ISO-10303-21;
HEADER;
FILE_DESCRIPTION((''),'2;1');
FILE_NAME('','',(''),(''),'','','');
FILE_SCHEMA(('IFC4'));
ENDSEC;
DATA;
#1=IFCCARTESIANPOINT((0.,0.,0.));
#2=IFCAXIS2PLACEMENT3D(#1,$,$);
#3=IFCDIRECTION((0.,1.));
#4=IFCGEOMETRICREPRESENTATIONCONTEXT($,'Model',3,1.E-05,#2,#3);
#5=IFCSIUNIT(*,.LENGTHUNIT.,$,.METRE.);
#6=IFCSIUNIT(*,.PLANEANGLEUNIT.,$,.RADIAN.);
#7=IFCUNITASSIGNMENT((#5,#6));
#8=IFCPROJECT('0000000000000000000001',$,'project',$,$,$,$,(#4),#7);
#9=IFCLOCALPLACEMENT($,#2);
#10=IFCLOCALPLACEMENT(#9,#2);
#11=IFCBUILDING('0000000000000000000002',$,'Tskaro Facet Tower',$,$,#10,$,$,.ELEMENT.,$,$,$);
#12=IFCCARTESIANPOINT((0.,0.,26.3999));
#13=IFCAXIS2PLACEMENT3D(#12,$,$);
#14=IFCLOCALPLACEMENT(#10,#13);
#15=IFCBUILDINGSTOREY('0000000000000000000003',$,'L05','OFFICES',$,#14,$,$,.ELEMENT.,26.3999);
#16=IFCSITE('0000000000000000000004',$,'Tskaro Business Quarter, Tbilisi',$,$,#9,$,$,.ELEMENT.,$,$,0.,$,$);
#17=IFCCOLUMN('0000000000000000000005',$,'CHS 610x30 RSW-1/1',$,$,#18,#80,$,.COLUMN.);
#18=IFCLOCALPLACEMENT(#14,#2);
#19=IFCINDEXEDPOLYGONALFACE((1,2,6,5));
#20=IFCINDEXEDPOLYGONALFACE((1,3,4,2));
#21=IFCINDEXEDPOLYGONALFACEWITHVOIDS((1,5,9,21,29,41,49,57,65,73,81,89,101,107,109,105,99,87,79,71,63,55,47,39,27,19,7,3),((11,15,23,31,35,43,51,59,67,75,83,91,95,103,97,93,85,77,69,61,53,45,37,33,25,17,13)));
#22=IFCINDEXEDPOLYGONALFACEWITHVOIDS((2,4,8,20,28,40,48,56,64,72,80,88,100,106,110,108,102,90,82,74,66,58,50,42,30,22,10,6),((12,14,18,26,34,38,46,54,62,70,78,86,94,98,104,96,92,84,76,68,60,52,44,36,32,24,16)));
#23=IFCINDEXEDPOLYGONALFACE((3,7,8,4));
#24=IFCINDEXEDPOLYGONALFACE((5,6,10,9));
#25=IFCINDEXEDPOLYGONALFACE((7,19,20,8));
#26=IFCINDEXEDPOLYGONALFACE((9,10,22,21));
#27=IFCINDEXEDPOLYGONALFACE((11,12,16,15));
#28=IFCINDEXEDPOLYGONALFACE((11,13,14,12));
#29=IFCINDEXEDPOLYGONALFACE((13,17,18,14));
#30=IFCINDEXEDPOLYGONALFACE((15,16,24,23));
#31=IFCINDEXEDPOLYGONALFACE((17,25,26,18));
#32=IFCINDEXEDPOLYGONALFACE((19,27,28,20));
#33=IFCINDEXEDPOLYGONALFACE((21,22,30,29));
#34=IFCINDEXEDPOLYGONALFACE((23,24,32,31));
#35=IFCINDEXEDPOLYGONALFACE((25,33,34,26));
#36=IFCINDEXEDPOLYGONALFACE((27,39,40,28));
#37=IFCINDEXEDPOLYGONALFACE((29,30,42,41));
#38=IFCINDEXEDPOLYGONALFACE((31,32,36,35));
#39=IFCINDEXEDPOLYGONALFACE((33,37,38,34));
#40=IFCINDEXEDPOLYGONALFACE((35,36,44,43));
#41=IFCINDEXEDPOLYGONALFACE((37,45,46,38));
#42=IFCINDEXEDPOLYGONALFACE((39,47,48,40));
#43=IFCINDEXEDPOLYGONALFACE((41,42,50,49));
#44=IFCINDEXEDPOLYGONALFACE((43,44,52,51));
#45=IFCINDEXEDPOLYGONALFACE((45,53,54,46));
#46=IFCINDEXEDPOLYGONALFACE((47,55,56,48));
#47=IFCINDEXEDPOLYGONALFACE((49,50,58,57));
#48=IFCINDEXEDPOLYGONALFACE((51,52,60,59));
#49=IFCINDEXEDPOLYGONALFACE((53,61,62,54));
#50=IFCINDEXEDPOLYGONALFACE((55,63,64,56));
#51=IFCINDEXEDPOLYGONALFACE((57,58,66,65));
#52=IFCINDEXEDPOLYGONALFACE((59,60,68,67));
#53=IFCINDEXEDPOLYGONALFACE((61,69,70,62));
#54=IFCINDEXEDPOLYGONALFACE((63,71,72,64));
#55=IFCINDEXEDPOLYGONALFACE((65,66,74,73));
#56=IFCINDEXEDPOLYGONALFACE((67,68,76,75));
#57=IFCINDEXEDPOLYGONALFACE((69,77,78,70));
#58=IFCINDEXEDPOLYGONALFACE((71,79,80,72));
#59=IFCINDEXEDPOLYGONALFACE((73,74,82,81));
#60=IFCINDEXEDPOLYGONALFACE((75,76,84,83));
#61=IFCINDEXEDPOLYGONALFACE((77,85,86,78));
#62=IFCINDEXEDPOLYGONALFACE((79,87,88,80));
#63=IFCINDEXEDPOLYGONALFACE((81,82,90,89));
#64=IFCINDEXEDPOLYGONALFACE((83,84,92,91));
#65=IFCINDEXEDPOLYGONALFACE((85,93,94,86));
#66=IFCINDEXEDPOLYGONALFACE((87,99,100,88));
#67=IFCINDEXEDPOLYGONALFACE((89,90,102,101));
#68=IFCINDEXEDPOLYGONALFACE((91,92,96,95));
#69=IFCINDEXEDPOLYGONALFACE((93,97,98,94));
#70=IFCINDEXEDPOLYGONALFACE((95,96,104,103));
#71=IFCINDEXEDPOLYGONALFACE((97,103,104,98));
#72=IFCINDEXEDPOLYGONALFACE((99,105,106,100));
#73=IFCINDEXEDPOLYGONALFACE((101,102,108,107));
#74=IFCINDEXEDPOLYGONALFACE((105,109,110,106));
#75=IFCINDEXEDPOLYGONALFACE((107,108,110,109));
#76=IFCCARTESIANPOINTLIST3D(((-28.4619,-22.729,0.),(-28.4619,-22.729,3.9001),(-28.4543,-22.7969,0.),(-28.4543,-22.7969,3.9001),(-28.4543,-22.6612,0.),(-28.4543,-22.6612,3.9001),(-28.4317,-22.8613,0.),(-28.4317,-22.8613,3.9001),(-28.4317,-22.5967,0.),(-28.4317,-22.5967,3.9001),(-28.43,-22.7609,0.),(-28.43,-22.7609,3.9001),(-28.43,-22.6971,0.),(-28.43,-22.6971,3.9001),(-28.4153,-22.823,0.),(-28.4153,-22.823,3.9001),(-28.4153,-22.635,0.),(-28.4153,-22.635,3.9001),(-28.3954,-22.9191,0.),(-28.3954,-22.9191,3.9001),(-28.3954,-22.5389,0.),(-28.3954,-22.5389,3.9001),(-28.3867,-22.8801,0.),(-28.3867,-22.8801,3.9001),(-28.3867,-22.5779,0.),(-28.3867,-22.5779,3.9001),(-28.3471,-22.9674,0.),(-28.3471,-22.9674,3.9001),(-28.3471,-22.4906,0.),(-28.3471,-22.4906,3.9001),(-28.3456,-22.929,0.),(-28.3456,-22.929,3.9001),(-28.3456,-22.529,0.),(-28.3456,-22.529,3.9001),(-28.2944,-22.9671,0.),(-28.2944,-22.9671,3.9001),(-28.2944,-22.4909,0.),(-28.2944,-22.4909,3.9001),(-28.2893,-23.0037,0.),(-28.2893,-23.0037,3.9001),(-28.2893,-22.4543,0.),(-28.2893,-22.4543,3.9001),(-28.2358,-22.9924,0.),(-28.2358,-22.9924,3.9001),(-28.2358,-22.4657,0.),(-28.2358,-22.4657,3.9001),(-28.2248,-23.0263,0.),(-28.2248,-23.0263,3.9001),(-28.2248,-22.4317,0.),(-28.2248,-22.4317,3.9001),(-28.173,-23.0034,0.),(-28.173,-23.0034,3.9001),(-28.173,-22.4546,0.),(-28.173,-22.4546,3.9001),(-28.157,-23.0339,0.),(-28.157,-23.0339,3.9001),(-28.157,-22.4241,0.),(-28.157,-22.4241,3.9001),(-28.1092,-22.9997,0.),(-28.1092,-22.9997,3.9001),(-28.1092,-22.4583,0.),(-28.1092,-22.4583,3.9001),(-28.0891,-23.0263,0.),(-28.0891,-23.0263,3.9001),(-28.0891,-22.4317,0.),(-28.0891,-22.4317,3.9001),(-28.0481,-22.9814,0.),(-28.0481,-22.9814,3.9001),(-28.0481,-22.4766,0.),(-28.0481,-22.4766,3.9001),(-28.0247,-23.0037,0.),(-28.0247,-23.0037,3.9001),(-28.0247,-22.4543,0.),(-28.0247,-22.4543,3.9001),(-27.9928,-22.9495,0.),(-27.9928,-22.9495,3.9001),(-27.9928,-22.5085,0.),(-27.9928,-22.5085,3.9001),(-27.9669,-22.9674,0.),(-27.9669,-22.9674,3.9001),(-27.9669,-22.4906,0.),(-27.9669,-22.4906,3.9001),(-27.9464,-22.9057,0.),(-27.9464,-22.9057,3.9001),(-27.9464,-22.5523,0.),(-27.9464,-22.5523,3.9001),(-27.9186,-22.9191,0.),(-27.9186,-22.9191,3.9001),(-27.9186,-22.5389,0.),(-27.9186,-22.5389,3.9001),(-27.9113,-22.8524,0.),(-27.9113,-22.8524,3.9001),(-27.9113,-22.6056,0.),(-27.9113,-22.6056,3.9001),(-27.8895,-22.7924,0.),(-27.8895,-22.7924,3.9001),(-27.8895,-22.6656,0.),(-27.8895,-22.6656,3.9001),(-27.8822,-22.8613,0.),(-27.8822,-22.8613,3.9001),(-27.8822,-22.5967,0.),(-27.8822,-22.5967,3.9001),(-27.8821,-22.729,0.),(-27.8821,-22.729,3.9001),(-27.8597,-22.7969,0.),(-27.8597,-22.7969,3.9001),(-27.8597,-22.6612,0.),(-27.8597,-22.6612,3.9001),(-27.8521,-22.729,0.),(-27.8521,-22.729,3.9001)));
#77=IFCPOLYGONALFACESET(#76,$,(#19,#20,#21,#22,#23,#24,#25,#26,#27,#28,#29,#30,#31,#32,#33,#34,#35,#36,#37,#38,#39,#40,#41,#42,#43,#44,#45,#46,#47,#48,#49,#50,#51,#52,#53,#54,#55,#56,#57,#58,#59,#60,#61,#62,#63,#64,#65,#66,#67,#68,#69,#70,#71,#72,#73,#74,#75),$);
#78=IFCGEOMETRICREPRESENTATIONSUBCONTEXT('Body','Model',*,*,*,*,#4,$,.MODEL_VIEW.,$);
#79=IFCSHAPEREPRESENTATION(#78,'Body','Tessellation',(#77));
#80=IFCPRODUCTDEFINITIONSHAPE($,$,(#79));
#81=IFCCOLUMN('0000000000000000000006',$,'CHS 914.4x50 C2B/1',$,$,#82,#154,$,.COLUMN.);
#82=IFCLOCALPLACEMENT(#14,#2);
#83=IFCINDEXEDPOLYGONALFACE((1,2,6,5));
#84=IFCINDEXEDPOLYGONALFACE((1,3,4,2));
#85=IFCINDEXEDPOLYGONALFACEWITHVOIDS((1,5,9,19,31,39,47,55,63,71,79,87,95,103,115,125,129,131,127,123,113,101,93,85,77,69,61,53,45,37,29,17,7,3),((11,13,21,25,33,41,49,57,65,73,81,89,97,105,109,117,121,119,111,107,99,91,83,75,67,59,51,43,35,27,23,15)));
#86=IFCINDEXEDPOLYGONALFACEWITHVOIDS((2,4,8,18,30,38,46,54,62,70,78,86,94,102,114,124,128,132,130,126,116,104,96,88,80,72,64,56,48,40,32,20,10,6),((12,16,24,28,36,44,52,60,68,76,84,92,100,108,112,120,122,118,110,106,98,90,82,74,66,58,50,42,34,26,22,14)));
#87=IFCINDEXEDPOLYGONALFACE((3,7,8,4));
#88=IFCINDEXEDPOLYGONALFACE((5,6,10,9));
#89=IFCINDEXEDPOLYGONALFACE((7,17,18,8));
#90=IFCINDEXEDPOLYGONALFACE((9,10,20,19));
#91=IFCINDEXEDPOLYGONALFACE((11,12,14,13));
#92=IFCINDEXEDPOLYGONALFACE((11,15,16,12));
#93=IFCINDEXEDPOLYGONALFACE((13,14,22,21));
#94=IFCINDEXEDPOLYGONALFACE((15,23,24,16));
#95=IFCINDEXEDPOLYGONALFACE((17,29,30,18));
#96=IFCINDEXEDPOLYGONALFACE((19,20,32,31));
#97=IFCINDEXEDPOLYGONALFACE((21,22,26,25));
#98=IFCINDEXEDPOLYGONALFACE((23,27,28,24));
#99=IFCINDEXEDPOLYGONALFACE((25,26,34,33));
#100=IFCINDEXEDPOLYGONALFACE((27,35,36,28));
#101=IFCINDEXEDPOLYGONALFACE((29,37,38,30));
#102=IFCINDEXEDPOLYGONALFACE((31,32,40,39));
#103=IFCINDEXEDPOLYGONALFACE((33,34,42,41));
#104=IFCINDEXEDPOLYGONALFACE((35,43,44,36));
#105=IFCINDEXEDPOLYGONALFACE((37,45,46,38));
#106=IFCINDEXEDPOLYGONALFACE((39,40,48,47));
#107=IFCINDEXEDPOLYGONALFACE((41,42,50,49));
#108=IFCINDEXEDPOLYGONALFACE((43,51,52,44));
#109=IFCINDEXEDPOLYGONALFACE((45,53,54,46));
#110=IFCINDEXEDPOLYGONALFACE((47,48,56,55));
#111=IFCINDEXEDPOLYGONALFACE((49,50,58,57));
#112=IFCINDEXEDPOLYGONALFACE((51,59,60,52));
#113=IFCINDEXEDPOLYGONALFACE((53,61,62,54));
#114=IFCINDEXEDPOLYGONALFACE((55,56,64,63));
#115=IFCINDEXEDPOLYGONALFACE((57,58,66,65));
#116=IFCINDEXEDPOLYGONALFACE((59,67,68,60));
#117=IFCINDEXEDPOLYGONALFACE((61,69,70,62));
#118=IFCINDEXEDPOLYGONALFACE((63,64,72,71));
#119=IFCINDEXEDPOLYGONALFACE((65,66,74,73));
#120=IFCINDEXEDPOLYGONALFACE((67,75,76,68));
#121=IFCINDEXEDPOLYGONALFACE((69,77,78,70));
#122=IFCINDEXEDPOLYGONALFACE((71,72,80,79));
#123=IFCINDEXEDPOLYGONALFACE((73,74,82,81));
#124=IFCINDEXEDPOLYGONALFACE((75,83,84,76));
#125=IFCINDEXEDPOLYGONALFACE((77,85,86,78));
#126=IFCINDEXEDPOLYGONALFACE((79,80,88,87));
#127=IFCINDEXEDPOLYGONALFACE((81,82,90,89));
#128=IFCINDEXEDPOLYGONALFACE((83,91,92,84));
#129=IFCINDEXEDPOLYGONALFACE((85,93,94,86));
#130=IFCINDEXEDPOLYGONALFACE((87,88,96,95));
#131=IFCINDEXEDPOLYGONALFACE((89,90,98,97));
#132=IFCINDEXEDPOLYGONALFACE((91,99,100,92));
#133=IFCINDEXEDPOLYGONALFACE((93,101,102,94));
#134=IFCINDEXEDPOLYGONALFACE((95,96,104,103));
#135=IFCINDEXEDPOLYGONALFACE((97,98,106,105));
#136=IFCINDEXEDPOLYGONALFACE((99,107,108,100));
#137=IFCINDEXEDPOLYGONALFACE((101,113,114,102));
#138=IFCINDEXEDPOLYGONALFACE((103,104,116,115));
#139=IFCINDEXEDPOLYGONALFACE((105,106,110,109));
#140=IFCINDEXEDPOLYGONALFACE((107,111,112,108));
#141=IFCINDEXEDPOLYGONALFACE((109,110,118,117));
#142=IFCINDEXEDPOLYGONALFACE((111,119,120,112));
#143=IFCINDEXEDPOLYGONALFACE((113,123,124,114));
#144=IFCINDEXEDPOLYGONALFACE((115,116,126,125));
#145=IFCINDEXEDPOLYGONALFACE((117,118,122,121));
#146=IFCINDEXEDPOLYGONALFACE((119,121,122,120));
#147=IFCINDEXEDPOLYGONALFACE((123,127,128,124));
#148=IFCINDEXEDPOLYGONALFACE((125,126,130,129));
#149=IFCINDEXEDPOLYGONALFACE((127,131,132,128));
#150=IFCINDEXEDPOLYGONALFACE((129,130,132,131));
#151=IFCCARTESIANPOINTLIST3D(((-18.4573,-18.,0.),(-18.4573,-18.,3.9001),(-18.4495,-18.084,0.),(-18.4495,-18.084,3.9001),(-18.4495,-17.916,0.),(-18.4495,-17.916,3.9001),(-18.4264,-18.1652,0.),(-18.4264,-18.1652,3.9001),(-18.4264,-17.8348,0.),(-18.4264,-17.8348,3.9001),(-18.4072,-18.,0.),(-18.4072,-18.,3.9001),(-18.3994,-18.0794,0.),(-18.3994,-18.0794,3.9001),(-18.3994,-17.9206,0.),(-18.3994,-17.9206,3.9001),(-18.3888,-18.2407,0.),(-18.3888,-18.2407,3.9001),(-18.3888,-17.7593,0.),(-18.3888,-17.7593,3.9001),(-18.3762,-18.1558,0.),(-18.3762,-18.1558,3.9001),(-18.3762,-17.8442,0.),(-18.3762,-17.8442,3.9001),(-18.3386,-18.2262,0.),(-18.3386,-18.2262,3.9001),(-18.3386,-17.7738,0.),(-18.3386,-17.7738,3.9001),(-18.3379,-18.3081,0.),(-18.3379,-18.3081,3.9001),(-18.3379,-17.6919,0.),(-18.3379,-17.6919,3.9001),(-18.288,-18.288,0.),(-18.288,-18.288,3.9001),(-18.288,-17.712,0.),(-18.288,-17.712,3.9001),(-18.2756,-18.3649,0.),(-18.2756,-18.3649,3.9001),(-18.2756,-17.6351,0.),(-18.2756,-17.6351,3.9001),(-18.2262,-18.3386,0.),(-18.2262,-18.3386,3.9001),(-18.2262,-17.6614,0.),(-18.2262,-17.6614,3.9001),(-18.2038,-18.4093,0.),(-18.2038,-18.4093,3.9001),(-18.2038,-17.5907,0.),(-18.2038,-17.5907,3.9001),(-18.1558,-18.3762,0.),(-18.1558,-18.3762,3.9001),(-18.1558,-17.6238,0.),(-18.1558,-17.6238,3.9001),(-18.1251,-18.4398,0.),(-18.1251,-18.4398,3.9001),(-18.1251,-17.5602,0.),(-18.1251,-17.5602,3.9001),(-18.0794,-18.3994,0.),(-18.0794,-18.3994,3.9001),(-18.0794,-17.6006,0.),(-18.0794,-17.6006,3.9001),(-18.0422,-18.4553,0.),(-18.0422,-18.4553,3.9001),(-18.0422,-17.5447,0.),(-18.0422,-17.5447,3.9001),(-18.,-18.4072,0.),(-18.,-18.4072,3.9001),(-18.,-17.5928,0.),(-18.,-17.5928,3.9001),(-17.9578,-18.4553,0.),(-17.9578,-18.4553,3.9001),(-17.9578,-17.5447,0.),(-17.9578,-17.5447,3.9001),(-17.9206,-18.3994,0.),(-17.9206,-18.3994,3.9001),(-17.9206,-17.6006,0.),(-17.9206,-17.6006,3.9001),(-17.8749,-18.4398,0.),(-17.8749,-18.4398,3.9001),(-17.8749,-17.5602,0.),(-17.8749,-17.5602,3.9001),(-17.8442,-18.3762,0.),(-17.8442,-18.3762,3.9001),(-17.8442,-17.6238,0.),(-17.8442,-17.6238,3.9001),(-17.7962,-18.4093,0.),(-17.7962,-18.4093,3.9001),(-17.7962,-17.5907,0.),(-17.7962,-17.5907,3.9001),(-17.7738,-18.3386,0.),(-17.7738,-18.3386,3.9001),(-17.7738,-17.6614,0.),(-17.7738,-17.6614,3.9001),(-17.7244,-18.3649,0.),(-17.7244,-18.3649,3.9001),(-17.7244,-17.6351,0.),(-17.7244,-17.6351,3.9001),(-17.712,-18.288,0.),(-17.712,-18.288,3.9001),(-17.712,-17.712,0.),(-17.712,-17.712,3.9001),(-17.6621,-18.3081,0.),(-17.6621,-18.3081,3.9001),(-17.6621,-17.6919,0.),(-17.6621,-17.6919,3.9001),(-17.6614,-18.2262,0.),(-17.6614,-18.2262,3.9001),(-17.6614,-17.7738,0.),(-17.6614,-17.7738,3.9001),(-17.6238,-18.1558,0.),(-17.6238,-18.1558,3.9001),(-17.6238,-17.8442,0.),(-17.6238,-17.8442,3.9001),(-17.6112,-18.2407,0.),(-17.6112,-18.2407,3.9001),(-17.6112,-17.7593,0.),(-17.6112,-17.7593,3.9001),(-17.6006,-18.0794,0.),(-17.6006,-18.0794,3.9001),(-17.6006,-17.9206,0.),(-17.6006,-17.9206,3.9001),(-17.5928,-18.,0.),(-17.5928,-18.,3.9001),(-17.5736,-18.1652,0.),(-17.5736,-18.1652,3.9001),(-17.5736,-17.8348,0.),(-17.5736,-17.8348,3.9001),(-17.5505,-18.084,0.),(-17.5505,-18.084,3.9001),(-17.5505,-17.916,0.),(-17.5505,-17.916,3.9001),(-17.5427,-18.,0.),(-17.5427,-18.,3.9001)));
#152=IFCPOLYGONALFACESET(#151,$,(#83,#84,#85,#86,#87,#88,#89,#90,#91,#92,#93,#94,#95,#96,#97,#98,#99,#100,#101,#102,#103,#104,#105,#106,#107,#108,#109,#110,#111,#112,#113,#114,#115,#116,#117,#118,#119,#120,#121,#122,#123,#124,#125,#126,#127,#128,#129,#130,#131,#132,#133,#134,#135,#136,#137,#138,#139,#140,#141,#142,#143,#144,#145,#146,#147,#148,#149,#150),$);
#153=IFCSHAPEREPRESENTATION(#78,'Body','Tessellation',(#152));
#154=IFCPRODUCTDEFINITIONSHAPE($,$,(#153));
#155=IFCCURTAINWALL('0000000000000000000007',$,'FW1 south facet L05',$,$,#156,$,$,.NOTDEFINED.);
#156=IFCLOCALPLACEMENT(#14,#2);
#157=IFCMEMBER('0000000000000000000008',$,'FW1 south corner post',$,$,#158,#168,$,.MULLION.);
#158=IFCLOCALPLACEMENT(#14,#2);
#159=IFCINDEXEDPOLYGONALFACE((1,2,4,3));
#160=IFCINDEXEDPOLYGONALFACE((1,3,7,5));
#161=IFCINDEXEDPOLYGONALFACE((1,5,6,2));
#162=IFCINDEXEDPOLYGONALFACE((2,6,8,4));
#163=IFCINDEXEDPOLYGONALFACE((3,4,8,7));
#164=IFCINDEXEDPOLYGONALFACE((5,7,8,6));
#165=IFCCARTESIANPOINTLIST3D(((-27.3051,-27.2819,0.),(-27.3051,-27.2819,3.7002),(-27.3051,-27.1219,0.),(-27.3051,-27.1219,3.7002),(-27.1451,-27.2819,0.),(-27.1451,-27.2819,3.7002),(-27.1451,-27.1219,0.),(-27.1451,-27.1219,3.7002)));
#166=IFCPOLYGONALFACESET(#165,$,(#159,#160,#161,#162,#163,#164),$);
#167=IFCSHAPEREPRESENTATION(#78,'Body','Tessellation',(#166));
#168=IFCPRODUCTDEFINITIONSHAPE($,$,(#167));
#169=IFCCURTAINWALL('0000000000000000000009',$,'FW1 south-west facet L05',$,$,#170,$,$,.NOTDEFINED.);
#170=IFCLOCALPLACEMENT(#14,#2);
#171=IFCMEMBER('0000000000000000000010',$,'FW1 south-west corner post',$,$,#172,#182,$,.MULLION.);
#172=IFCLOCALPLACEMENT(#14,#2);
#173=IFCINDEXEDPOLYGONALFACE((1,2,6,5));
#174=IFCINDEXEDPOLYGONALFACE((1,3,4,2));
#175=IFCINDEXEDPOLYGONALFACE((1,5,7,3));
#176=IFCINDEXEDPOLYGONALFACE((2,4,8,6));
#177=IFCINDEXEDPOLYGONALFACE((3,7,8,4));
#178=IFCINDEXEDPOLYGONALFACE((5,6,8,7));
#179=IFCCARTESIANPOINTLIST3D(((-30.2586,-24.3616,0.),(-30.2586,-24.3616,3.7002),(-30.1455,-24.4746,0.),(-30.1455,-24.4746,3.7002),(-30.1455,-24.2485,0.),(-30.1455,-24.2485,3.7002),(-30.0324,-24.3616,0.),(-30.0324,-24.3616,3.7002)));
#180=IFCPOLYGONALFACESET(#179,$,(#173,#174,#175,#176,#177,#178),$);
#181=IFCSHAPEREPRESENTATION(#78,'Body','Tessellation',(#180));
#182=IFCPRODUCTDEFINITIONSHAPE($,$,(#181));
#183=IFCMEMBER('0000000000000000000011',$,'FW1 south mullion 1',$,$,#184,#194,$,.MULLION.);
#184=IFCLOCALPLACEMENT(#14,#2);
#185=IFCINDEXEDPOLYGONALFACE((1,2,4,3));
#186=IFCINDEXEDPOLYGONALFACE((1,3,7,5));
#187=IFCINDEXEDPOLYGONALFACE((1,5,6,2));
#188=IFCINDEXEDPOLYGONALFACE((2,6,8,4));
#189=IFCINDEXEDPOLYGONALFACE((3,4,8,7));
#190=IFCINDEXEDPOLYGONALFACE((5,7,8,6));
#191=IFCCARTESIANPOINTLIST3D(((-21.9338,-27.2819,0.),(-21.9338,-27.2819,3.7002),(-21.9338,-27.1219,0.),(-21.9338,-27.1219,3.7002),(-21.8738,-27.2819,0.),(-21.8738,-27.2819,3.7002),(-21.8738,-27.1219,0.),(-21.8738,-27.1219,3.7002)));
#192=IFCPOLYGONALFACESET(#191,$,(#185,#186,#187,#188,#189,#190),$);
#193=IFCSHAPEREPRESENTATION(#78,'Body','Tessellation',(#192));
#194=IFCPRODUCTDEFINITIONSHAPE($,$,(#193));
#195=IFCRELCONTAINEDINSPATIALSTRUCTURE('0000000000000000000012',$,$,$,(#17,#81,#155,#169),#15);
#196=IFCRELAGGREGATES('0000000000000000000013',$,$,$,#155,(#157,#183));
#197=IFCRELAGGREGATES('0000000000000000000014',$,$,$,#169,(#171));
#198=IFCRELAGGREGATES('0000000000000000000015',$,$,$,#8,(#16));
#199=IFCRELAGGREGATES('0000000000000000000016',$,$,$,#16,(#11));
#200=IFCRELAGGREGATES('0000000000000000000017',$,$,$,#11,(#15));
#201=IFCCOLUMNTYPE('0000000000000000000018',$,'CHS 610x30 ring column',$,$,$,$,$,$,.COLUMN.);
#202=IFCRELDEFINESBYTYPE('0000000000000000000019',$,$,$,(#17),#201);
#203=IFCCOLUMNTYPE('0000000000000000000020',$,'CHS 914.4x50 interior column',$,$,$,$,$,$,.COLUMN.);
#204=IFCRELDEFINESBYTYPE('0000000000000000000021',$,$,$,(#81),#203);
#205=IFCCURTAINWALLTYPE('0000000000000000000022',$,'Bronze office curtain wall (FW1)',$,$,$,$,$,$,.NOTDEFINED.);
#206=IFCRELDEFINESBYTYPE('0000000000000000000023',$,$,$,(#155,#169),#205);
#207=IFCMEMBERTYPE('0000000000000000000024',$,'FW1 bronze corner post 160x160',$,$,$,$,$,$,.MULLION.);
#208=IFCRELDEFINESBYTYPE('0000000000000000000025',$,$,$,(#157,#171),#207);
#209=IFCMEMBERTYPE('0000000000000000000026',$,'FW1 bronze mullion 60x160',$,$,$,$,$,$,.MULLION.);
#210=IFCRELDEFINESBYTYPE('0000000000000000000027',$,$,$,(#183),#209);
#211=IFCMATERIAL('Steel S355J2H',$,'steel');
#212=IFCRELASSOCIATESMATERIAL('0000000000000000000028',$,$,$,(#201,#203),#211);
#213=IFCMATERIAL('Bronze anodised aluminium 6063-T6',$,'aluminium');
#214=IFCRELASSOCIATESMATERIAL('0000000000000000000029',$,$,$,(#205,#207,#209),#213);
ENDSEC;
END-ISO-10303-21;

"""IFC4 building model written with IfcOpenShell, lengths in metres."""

from ifc_helpers import new_model, si_unit, direction, frame, origin, origin_2d, place, context, subcontext, project, spatial, rectangle, hollow_circle, extrude, material, material_profile, profile_set, type_object, element, aggregate, save


model = new_model("IFC4")

# Units and contexts
model_context = context("Model", 3, precision=1e-05, world=origin(), true_north=direction((0.0, 1.0)))
body_context = subcontext(model_context, "Body", "Model", "MODEL_VIEW")
ifc_project = project(units=[si_unit("LENGTHUNIT", "METRE"), si_unit("PLANEANGLEUNIT", "RADIAN")], contexts=[model_context])

# Site, building, storey
site_placement = place(None, origin())
site = spatial("IfcSite", under=ifc_project, at=site_placement, Name="Tskaro Business Quarter, Tbilisi", CompositionType="ELEMENT", RefElevation=0.0)
building_placement = place(site_placement, origin())
building = spatial("IfcBuilding", under=site, at=building_placement, Name="Tskaro Facet Tower", CompositionType="ELEMENT")
storey_placement = place(building_placement, frame((0.0, 0.0, 26.3999)))
storey = spatial("IfcBuildingStorey", under=building, at=storey_placement, Name="L05", Description="OFFICES", CompositionType="ELEMENT", Elevation=26.3999)

# Columns
ifc_material_1 = material(Name="Steel S355J2H", Category="steel")
ifc_material_profile_1 = material_profile(ifc_material_1, hollow_circle(Radius=0.3049, WallThickness=0.03, at=origin_2d()), Name="CHS 610x30")
ifc_profile_set_1 = profile_set([ifc_material_profile_1], Name="Steel S355J2H")
column_type_1 = type_object("IfcColumnType", Name="CHS 610x30 ring column", PredefinedType="COLUMN", material=ifc_profile_set_1)
for number, where, z_axis, x_axis, name in (
    (1, (-28.157, -22.729, 0.0), (0.0, 0.0, 1.0), (1.0, 0.0, 0.0), "CHS 610x30 RSW-1/1"),
):
    element("IfcColumn", number, at=place(storey_placement, frame(where, z_axis=z_axis, x_axis=x_axis)), inside=storey, type_object=column_type_1, Name=name, PredefinedType="COLUMN", context=body_context, shape_type="SweptSolid", body=[
        extrude(hollow_circle(Radius=0.3049, WallThickness=0.03, at=origin_2d()), origin(), (0.0, 0.0, 1.0), 3.9001),
    ])
ifc_material_profile_2 = material_profile(ifc_material_1, hollow_circle(Radius=0.4573, WallThickness=0.05, at=origin_2d()), Name="CHS 914.4x50")
ifc_profile_set_2 = profile_set([ifc_material_profile_2], Name="Steel S355J2H")
column_type_2 = type_object("IfcColumnType", Name="CHS 914.4x50 interior column", PredefinedType="COLUMN", material=ifc_profile_set_2)
column_placement = place(storey_placement, frame((-18.0, -18.0, 0.0), z_axis=(0.0, 0.0, 1.0), x_axis=(1.0, 0.0, 0.0)))
element("IfcColumn", 2, at=column_placement, inside=storey, type_object=column_type_2, Name="CHS 914.4x50 C2B/1", PredefinedType="COLUMN", context=body_context, shape_type="SweptSolid", body=[
    extrude(hollow_circle(Radius=0.4573, WallThickness=0.05, at=origin_2d()), origin(), (0.0, 0.0, 1.0), 3.9001),
])

# Curtain walls, members
ifc_material_2 = material(Name="Bronze anodised aluminium 6063-T6", Category="aluminium")
curtain_wall_type = type_object("IfcCurtainWallType", Name="Bronze office curtain wall (FW1)", PredefinedType="NOTDEFINED", material=ifc_material_2)
curtain_wall_1_placement = place(storey_placement, origin())
curtain_wall_1 = element("IfcCurtainWall", 3, at=curtain_wall_1_placement, inside=storey, type_object=curtain_wall_type, Name="FW1 south facet L05", PredefinedType="NOTDEFINED")
ifc_material_profile_3 = material_profile(ifc_material_2, rectangle(XDim=0.1599, YDim=0.1599, at=origin_2d()), Name="Corner post 160x160")
ifc_profile_set_3 = profile_set([ifc_material_profile_3], Name="Bronze anodised aluminium 6063-T6")
member_type_1 = type_object("IfcMemberType", Name="FW1 bronze corner post 160x160", PredefinedType="MULLION", material=ifc_profile_set_3)
member_1_placement = place(storey_placement, frame((-27.2251, -27.2019, 0.0), z_axis=(0.0, 0.0, 1.0), x_axis=(1.0, 0.0, 0.0)))
member_1 = element("IfcMember", 4, at=member_1_placement, type_object=member_type_1, Name="FW1 south corner post", PredefinedType="MULLION", context=body_context, shape_type="SweptSolid", body=[
    extrude(rectangle(XDim=0.1599, YDim=0.1599, at=origin_2d()), origin(), (0.0, 0.0, 1.0), 3.7002),
])
curtain_wall_2_placement = place(storey_placement, origin())
curtain_wall_2 = element("IfcCurtainWall", 5, at=curtain_wall_2_placement, inside=storey, type_object=curtain_wall_type, Name="FW1 south-west facet L05", PredefinedType="NOTDEFINED")
member_2_placement = place(storey_placement, frame((-30.1455, -24.3616, 0.0), z_axis=(0.0, 0.0, 1.0), x_axis=(0.707107, -0.707107, 0.0)))
member_2 = element("IfcMember", 6, at=member_2_placement, type_object=member_type_1, Name="FW1 south-west corner post", PredefinedType="MULLION", context=body_context, shape_type="SweptSolid", body=[
    extrude(rectangle(XDim=0.1599, YDim=0.1599, at=origin_2d()), origin(), (0.0, 0.0, 1.0), 3.7002),
])

# Member
ifc_material_profile_4 = material_profile(ifc_material_2, rectangle(XDim=0.0601, YDim=0.1599, at=origin_2d()), Name="Mullion 60x160")
ifc_profile_set_4 = profile_set([ifc_material_profile_4], Name="Bronze anodised aluminium 6063-T6")
member_type_2 = type_object("IfcMemberType", Name="FW1 bronze mullion 60x160", PredefinedType="MULLION", material=ifc_profile_set_4)
member_3_placement = place(storey_placement, frame((-21.9038, -27.2019, 0.0), z_axis=(0.0, 0.0, 1.0), x_axis=(1.0, 0.0, 0.0)))
member_3 = element("IfcMember", 7, at=member_3_placement, type_object=member_type_2, Name="FW1 south mullion 1", PredefinedType="MULLION", context=body_context, shape_type="SweptSolid", body=[
    extrude(rectangle(XDim=0.0601, YDim=0.1599, at=origin_2d()), origin(), (0.0, 0.0, 1.0), 3.7002),
])

aggregate(curtain_wall_1, [member_1, member_3])
aggregate(curtain_wall_2, [member_2])

save(model, "model.ifc")
